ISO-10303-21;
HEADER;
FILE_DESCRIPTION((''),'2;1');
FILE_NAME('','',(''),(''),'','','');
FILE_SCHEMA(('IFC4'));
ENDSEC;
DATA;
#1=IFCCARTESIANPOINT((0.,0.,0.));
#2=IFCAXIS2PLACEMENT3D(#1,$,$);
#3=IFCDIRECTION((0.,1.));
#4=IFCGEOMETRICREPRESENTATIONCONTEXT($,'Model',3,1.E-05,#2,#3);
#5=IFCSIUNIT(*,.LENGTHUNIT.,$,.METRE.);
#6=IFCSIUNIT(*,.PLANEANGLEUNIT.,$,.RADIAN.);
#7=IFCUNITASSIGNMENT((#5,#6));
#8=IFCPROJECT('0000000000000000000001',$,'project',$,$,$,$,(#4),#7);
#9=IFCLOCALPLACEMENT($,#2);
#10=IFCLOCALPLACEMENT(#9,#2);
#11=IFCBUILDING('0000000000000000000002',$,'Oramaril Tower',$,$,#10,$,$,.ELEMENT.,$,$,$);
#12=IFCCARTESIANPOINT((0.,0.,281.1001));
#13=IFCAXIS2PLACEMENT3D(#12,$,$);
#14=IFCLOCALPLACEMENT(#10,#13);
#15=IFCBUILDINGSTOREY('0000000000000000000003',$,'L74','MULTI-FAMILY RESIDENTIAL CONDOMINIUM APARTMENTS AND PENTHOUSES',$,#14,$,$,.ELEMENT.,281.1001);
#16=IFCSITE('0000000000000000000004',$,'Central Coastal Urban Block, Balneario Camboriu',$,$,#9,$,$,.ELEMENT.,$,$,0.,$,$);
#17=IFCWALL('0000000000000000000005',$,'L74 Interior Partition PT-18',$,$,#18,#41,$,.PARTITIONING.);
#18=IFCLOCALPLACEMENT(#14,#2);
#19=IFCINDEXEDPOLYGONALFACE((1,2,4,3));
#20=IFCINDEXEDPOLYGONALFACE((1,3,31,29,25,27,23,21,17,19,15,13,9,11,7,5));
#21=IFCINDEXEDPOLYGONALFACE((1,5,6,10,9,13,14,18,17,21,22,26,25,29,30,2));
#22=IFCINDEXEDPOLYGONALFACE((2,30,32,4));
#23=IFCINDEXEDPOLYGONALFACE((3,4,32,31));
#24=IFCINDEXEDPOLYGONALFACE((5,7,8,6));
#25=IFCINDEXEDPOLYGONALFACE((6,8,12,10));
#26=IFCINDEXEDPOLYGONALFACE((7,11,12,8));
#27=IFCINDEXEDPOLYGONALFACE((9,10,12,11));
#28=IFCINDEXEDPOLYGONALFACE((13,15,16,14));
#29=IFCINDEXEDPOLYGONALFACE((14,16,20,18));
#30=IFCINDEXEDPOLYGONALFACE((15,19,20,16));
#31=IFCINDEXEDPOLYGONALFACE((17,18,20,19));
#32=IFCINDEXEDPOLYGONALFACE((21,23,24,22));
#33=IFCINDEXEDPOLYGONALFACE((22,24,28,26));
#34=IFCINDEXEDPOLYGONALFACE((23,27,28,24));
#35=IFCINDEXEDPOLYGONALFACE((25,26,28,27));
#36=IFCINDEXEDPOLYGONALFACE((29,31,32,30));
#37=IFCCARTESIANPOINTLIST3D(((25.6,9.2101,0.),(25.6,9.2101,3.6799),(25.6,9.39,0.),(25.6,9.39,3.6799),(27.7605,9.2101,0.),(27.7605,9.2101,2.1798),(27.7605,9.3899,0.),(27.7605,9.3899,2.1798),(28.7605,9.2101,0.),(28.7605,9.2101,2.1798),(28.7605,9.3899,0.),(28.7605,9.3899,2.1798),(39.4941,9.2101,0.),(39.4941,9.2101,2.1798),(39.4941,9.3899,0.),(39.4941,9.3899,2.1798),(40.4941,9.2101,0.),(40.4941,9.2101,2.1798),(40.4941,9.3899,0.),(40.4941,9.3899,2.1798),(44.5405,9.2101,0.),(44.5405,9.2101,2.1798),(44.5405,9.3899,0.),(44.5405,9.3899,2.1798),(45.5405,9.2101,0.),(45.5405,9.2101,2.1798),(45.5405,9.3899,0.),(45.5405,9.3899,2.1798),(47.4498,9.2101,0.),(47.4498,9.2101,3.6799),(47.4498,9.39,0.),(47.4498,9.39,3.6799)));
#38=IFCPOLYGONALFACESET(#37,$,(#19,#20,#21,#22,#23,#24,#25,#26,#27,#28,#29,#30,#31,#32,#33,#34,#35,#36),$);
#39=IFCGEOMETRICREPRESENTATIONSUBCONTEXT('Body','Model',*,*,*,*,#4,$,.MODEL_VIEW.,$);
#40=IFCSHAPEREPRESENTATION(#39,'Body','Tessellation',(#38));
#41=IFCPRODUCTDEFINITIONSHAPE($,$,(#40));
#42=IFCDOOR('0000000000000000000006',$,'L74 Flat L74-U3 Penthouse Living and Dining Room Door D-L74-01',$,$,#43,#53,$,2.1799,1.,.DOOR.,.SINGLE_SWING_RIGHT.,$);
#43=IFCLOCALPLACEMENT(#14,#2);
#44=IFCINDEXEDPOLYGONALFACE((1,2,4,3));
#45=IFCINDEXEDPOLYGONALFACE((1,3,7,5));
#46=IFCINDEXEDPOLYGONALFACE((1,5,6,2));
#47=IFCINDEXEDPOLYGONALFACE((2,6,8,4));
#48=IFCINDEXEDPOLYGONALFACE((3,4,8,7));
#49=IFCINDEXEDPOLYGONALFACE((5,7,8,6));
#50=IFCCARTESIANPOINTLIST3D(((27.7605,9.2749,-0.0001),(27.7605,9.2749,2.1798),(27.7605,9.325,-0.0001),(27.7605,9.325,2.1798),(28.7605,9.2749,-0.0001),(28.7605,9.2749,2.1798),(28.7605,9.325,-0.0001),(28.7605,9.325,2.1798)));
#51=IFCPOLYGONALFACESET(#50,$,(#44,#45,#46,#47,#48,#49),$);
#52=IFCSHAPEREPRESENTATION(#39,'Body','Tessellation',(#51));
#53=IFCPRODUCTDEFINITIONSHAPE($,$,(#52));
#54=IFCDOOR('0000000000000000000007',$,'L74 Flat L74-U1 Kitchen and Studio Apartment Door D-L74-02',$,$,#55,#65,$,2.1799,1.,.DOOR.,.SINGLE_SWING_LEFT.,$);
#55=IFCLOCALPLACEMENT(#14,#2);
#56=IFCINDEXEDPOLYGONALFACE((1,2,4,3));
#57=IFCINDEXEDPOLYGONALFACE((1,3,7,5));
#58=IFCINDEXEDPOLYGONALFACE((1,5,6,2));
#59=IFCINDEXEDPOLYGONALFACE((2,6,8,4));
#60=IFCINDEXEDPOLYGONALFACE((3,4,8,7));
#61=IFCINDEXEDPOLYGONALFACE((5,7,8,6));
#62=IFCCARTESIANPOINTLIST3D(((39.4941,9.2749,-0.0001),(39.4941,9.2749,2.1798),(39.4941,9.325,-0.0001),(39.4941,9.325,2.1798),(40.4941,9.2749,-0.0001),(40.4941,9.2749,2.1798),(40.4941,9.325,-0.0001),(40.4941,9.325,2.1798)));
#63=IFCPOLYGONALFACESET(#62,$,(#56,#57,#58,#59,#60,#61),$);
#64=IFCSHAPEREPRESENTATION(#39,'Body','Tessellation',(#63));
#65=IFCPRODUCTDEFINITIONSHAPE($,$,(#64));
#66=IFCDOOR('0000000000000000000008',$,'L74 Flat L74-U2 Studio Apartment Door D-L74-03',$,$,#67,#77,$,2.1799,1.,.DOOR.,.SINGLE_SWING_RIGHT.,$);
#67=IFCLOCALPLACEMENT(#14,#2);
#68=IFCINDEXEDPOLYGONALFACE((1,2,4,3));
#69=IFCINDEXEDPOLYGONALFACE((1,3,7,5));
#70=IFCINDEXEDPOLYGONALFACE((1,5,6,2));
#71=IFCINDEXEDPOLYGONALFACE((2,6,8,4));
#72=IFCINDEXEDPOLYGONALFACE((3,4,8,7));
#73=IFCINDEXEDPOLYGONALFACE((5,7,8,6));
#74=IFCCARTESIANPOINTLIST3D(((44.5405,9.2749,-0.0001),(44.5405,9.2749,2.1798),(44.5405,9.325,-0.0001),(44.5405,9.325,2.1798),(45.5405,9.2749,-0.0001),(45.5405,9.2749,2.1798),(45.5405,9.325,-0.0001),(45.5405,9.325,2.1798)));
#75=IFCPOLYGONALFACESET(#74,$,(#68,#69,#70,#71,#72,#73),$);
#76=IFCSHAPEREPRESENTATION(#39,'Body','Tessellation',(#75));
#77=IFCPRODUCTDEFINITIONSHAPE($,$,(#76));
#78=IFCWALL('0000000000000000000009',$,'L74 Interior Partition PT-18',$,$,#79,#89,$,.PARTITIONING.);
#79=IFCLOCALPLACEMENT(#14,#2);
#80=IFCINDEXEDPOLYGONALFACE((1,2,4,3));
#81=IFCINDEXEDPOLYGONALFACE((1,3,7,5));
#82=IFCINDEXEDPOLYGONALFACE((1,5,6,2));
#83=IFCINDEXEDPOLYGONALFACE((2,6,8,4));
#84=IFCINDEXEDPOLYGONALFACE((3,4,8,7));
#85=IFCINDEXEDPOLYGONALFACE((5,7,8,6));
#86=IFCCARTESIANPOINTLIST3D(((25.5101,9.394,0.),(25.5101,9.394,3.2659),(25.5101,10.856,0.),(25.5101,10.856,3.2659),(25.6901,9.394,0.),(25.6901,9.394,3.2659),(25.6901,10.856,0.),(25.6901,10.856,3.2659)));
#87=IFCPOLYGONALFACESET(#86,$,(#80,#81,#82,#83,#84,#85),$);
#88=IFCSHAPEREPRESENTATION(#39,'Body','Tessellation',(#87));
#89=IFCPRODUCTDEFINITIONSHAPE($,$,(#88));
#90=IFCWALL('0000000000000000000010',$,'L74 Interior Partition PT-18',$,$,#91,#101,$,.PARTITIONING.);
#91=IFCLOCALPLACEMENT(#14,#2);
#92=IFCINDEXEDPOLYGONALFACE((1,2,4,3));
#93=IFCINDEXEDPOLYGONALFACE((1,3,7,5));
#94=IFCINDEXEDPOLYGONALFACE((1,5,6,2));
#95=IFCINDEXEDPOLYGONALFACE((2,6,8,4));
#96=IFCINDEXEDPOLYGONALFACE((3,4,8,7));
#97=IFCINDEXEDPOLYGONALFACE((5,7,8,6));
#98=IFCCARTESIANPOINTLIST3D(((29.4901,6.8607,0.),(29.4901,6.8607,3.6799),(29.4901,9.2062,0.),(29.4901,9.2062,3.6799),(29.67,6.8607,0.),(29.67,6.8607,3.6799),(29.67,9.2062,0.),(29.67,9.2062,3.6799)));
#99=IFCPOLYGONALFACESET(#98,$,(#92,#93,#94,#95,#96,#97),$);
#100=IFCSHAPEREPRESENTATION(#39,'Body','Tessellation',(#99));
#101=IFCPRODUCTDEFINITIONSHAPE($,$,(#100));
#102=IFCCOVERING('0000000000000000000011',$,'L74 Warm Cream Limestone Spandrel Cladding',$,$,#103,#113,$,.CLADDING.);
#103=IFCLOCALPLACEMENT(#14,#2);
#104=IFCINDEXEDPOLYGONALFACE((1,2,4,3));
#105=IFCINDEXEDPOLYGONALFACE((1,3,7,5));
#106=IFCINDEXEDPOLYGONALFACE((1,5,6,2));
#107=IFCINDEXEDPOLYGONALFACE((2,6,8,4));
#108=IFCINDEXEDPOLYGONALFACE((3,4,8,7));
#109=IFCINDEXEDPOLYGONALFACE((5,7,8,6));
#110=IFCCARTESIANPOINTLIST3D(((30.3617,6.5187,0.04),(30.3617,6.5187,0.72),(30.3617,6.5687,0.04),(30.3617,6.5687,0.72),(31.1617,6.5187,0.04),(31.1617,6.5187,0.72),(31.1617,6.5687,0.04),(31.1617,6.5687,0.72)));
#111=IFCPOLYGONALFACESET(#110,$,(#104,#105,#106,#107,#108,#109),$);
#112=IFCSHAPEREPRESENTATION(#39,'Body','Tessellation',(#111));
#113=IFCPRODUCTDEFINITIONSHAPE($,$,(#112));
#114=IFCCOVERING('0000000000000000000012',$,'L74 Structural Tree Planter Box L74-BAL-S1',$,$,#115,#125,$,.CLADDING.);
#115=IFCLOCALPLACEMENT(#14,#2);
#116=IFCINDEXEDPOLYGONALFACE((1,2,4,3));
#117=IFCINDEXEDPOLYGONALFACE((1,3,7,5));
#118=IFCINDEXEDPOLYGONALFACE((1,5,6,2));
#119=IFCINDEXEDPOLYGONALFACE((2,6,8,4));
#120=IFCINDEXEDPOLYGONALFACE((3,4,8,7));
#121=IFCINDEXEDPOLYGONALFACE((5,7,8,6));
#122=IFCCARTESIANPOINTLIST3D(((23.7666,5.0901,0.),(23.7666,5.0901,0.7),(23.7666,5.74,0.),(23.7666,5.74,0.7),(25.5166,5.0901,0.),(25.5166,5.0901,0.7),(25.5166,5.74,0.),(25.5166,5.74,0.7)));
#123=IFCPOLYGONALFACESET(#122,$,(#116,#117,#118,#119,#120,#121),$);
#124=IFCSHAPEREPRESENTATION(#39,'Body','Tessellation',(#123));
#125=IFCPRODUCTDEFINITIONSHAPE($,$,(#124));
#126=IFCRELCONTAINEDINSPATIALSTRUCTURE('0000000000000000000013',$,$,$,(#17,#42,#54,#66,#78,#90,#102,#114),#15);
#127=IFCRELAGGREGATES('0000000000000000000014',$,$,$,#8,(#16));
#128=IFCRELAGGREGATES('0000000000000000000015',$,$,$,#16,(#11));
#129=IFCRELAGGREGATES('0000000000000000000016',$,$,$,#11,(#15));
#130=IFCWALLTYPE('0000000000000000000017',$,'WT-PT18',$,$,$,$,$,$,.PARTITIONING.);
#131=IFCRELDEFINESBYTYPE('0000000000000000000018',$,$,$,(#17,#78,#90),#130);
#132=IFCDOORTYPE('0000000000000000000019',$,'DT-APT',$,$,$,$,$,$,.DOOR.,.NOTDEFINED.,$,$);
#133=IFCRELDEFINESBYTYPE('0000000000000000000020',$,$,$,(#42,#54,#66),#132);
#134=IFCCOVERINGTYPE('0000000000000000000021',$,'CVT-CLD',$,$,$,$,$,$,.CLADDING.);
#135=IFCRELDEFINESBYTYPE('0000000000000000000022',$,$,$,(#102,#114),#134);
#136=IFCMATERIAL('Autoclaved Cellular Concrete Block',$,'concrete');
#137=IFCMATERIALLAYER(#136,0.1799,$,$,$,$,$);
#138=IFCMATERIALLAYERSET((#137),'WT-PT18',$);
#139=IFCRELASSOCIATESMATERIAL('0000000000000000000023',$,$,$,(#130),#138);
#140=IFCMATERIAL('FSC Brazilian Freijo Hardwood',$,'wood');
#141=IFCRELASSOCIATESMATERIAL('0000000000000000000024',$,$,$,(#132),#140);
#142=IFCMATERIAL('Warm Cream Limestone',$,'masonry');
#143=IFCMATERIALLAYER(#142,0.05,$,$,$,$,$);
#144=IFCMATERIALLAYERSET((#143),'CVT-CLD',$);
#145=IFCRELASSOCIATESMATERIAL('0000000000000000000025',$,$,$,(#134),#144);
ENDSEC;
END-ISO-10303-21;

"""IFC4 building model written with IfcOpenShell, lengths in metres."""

from ifc_helpers import new_model, si_unit, direction, frame, frame_2d, origin, origin_2d, place, context, subcontext, project, spatial, rectangle, extrude, material, layer, layer_set, type_object, element, fill, save


model = new_model("IFC4")

# Units and contexts
model_context = context("Model", 3, precision=1e-05, world=origin(), true_north=direction((0.0, 1.0)))
body_context = subcontext(model_context, "Body", "Model", "MODEL_VIEW")
ifc_project = project(units=[si_unit("LENGTHUNIT", "METRE"), si_unit("PLANEANGLEUNIT", "RADIAN")], contexts=[model_context])

# Site, building, storey
site_placement = place(None, origin())
site = spatial("IfcSite", under=ifc_project, at=site_placement, Name="Central Coastal Urban Block, Balneario Camboriu", CompositionType="ELEMENT", RefElevation=0.0)
building_placement = place(site_placement, origin())
building = spatial("IfcBuilding", under=site, at=building_placement, Name="Oramaril Tower", CompositionType="ELEMENT")
storey_placement = place(building_placement, frame((0.0, 0.0, 281.1001)))
storey = spatial("IfcBuildingStorey", under=building, at=storey_placement, Name="L74", Description="MULTI-FAMILY RESIDENTIAL CONDOMINIUM APARTMENTS AND PENTHOUSES", CompositionType="ELEMENT", Elevation=281.1001)

# Wall, openings, doors
ifc_material_1 = material(Name="Autoclaved Cellular Concrete Block", Category="concrete")
ifc_layer_1 = layer(ifc_material_1, 0.1799)
ifc_layer_set_1 = layer_set([ifc_layer_1], Name="WT-PT18")
wall_type = type_object("IfcWallType", Name="WT-PT18", PredefinedType="PARTITIONING", material=ifc_layer_set_1)
wall_1_placement = place(storey_placement, frame((25.6001, 9.3, 0.0), z_axis=(0.0, 0.0, 1.0), x_axis=(1.0, 0.0, 0.0)))
wall_1 = element("IfcWall", 1, at=wall_1_placement, inside=storey, type_object=wall_type, Name="L74 Interior Partition PT-18", PredefinedType="PARTITIONING", context=body_context, shape_type="SweptSolid", body=[
    extrude(rectangle(XDim=21.8499, YDim=0.1799, at=frame_2d((10.9248, 0.0))), origin(), (0.0, 0.0, 1.0), 3.6799),
])
opening_1_placement = place(wall_1_placement, frame((2.1604, 0.0, 0.0)))
opening_1 = element("IfcOpeningElement", 2, at=opening_1_placement, cuts=wall_1, PredefinedType="OPENING", context=body_context, shape_type="SweptSolid", body=[
    extrude(rectangle(XDim=1.0, YDim=2.1799, at=frame_2d((0.5, 1.0898))), frame((0.0, 0.0898, 0.0), z_axis=(0.0, -1.0, 0.0), x_axis=(1.0, 0.0, 0.0)), (0.0, 0.0, 1.0), 0.1799),
])
opening_2_placement = place(wall_1_placement, frame((13.894, 0.0, 0.0)))
opening_2 = element("IfcOpeningElement", 3, at=opening_2_placement, cuts=wall_1, PredefinedType="OPENING", context=body_context, shape_type="SweptSolid", body=[
    extrude(rectangle(XDim=1.0, YDim=2.1799, at=frame_2d((0.5, 1.0898))), frame((0.0, 0.0898, 0.0), z_axis=(0.0, -1.0, 0.0), x_axis=(1.0, 0.0, 0.0)), (0.0, 0.0, 1.0), 0.1799),
])
opening_3_placement = place(wall_1_placement, frame((18.9404, 0.0, 0.0)))
opening_3 = element("IfcOpeningElement", 4, at=opening_3_placement, cuts=wall_1, PredefinedType="OPENING", context=body_context, shape_type="SweptSolid", body=[
    extrude(rectangle(XDim=1.0, YDim=2.1799, at=frame_2d((0.5, 1.0898))), frame((0.0, 0.0898, 0.0), z_axis=(0.0, -1.0, 0.0), x_axis=(1.0, 0.0, 0.0)), (0.0, 0.0, 1.0), 0.1799),
])
ifc_material_2 = material(Name="FSC Brazilian Freijo Hardwood", Category="wood")
door_type = type_object("IfcDoorType", Name="DT-APT", OperationType="NOTDEFINED", PredefinedType="DOOR", material=ifc_material_2)
door_1_placement = place(opening_1_placement, origin())
door_1 = element("IfcDoor", 5, at=door_1_placement, inside=storey, type_object=door_type, Name="L74 Flat L74-U3 Penthouse Living and Dining Room Door D-L74-01", OperationType="SINGLE_SWING_RIGHT", OverallHeight=2.1799, OverallWidth=1.0, PredefinedType="DOOR", context=body_context, shape_type="SweptSolid", body=[
    extrude(rectangle(XDim=1.0, YDim=2.1799, at=frame_2d((0.5, 1.0898))), frame((0.0, 0.0249, 0.0), z_axis=(0.0, -1.0, 0.0), x_axis=(1.0, 0.0, 0.0)), (0.0, 0.0, 1.0), 0.05),
])
fill(opening_1, door_1)
door_2_placement = place(opening_2_placement, origin())
door_2 = element("IfcDoor", 6, at=door_2_placement, inside=storey, type_object=door_type, Name="L74 Flat L74-U1 Kitchen and Studio Apartment Door D-L74-02", OperationType="SINGLE_SWING_LEFT", OverallHeight=2.1799, OverallWidth=1.0, PredefinedType="DOOR", context=body_context, shape_type="SweptSolid", body=[
    extrude(rectangle(XDim=1.0, YDim=2.1799, at=frame_2d((0.5, 1.0898))), frame((0.0, 0.0249, 0.0), z_axis=(0.0, -1.0, 0.0), x_axis=(1.0, 0.0, 0.0)), (0.0, 0.0, 1.0), 0.05),
])
fill(opening_2, door_2)
door_3_placement = place(opening_3_placement, origin())
door_3 = element("IfcDoor", 7, at=door_3_placement, inside=storey, type_object=door_type, Name="L74 Flat L74-U2 Studio Apartment Door D-L74-03", OperationType="SINGLE_SWING_RIGHT", OverallHeight=2.1799, OverallWidth=1.0, PredefinedType="DOOR", context=body_context, shape_type="SweptSolid", body=[
    extrude(rectangle(XDim=1.0, YDim=2.1799, at=frame_2d((0.5, 1.0898))), frame((0.0, 0.0249, 0.0), z_axis=(0.0, -1.0, 0.0), x_axis=(1.0, 0.0, 0.0)), (0.0, 0.0, 1.0), 0.05),
])
fill(opening_3, door_3)

# Walls
wall_2_placement = place(storey_placement, frame((25.6001, 9.394, 0.0), z_axis=(0.0, 0.0, 1.0), x_axis=(0.0, 1.0, 0.0)))
element("IfcWall", 8, at=wall_2_placement, inside=storey, type_object=wall_type, Name="L74 Interior Partition PT-18", PredefinedType="PARTITIONING", context=body_context, shape_type="SweptSolid", body=[
    extrude(rectangle(XDim=1.4619, YDim=0.1799, at=frame_2d((0.731, 0.0))), origin(), (0.0, 0.0, 1.0), 3.2659),
])
wall_3_placement = place(storey_placement, frame((29.5801, 6.8606, 0.0), z_axis=(0.0, 0.0, 1.0), x_axis=(0.0, 1.0, 0.0)))
element("IfcWall", 9, at=wall_3_placement, inside=storey, type_object=wall_type, Name="L74 Interior Partition PT-18", PredefinedType="PARTITIONING", context=body_context, shape_type="SweptSolid", body=[
    extrude(rectangle(XDim=2.3455, YDim=0.1799, at=frame_2d((1.1729, 0.0))), origin(), (0.0, 0.0, 1.0), 3.6799),
])

# Coverings
ifc_material_3 = material(Name="Warm Cream Limestone", Category="masonry")
ifc_layer_2 = layer(ifc_material_3, 0.05)
ifc_layer_set_2 = layer_set([ifc_layer_2], Name="CVT-CLD")
covering_type = type_object("IfcCoveringType", Name="CVT-CLD", PredefinedType="CLADDING", material=ifc_layer_set_2)
covering_1_placement = place(storey_placement, frame((30.7617, 6.5437, 0.04), z_axis=(0.0, 0.0, 1.0), x_axis=(1.0, 0.0, 0.0)))
element("IfcCovering", 10, at=covering_1_placement, inside=storey, type_object=covering_type, Name="L74 Warm Cream Limestone Spandrel Cladding", PredefinedType="CLADDING", context=body_context, shape_type="SweptSolid", body=[
    extrude(rectangle(XDim=0.8, YDim=0.05, at=origin_2d()), origin(), (0.0, 0.0, 1.0), 0.6799),
])
covering_2_placement = place(storey_placement, frame((24.6416, 5.415, 0.0), z_axis=(0.0, 0.0, 1.0), x_axis=(1.0, 0.0, 0.0)))
element("IfcCovering", 11, at=covering_2_placement, inside=storey, type_object=covering_type, Name="L74 Structural Tree Planter Box L74-BAL-S1", PredefinedType="CLADDING", context=body_context, shape_type="SweptSolid", body=[
    extrude(rectangle(XDim=1.75, YDim=0.6499, at=origin_2d()), origin(), (0.0, 0.0, 1.0), 0.7),
])

save(model, "model.ifc")
